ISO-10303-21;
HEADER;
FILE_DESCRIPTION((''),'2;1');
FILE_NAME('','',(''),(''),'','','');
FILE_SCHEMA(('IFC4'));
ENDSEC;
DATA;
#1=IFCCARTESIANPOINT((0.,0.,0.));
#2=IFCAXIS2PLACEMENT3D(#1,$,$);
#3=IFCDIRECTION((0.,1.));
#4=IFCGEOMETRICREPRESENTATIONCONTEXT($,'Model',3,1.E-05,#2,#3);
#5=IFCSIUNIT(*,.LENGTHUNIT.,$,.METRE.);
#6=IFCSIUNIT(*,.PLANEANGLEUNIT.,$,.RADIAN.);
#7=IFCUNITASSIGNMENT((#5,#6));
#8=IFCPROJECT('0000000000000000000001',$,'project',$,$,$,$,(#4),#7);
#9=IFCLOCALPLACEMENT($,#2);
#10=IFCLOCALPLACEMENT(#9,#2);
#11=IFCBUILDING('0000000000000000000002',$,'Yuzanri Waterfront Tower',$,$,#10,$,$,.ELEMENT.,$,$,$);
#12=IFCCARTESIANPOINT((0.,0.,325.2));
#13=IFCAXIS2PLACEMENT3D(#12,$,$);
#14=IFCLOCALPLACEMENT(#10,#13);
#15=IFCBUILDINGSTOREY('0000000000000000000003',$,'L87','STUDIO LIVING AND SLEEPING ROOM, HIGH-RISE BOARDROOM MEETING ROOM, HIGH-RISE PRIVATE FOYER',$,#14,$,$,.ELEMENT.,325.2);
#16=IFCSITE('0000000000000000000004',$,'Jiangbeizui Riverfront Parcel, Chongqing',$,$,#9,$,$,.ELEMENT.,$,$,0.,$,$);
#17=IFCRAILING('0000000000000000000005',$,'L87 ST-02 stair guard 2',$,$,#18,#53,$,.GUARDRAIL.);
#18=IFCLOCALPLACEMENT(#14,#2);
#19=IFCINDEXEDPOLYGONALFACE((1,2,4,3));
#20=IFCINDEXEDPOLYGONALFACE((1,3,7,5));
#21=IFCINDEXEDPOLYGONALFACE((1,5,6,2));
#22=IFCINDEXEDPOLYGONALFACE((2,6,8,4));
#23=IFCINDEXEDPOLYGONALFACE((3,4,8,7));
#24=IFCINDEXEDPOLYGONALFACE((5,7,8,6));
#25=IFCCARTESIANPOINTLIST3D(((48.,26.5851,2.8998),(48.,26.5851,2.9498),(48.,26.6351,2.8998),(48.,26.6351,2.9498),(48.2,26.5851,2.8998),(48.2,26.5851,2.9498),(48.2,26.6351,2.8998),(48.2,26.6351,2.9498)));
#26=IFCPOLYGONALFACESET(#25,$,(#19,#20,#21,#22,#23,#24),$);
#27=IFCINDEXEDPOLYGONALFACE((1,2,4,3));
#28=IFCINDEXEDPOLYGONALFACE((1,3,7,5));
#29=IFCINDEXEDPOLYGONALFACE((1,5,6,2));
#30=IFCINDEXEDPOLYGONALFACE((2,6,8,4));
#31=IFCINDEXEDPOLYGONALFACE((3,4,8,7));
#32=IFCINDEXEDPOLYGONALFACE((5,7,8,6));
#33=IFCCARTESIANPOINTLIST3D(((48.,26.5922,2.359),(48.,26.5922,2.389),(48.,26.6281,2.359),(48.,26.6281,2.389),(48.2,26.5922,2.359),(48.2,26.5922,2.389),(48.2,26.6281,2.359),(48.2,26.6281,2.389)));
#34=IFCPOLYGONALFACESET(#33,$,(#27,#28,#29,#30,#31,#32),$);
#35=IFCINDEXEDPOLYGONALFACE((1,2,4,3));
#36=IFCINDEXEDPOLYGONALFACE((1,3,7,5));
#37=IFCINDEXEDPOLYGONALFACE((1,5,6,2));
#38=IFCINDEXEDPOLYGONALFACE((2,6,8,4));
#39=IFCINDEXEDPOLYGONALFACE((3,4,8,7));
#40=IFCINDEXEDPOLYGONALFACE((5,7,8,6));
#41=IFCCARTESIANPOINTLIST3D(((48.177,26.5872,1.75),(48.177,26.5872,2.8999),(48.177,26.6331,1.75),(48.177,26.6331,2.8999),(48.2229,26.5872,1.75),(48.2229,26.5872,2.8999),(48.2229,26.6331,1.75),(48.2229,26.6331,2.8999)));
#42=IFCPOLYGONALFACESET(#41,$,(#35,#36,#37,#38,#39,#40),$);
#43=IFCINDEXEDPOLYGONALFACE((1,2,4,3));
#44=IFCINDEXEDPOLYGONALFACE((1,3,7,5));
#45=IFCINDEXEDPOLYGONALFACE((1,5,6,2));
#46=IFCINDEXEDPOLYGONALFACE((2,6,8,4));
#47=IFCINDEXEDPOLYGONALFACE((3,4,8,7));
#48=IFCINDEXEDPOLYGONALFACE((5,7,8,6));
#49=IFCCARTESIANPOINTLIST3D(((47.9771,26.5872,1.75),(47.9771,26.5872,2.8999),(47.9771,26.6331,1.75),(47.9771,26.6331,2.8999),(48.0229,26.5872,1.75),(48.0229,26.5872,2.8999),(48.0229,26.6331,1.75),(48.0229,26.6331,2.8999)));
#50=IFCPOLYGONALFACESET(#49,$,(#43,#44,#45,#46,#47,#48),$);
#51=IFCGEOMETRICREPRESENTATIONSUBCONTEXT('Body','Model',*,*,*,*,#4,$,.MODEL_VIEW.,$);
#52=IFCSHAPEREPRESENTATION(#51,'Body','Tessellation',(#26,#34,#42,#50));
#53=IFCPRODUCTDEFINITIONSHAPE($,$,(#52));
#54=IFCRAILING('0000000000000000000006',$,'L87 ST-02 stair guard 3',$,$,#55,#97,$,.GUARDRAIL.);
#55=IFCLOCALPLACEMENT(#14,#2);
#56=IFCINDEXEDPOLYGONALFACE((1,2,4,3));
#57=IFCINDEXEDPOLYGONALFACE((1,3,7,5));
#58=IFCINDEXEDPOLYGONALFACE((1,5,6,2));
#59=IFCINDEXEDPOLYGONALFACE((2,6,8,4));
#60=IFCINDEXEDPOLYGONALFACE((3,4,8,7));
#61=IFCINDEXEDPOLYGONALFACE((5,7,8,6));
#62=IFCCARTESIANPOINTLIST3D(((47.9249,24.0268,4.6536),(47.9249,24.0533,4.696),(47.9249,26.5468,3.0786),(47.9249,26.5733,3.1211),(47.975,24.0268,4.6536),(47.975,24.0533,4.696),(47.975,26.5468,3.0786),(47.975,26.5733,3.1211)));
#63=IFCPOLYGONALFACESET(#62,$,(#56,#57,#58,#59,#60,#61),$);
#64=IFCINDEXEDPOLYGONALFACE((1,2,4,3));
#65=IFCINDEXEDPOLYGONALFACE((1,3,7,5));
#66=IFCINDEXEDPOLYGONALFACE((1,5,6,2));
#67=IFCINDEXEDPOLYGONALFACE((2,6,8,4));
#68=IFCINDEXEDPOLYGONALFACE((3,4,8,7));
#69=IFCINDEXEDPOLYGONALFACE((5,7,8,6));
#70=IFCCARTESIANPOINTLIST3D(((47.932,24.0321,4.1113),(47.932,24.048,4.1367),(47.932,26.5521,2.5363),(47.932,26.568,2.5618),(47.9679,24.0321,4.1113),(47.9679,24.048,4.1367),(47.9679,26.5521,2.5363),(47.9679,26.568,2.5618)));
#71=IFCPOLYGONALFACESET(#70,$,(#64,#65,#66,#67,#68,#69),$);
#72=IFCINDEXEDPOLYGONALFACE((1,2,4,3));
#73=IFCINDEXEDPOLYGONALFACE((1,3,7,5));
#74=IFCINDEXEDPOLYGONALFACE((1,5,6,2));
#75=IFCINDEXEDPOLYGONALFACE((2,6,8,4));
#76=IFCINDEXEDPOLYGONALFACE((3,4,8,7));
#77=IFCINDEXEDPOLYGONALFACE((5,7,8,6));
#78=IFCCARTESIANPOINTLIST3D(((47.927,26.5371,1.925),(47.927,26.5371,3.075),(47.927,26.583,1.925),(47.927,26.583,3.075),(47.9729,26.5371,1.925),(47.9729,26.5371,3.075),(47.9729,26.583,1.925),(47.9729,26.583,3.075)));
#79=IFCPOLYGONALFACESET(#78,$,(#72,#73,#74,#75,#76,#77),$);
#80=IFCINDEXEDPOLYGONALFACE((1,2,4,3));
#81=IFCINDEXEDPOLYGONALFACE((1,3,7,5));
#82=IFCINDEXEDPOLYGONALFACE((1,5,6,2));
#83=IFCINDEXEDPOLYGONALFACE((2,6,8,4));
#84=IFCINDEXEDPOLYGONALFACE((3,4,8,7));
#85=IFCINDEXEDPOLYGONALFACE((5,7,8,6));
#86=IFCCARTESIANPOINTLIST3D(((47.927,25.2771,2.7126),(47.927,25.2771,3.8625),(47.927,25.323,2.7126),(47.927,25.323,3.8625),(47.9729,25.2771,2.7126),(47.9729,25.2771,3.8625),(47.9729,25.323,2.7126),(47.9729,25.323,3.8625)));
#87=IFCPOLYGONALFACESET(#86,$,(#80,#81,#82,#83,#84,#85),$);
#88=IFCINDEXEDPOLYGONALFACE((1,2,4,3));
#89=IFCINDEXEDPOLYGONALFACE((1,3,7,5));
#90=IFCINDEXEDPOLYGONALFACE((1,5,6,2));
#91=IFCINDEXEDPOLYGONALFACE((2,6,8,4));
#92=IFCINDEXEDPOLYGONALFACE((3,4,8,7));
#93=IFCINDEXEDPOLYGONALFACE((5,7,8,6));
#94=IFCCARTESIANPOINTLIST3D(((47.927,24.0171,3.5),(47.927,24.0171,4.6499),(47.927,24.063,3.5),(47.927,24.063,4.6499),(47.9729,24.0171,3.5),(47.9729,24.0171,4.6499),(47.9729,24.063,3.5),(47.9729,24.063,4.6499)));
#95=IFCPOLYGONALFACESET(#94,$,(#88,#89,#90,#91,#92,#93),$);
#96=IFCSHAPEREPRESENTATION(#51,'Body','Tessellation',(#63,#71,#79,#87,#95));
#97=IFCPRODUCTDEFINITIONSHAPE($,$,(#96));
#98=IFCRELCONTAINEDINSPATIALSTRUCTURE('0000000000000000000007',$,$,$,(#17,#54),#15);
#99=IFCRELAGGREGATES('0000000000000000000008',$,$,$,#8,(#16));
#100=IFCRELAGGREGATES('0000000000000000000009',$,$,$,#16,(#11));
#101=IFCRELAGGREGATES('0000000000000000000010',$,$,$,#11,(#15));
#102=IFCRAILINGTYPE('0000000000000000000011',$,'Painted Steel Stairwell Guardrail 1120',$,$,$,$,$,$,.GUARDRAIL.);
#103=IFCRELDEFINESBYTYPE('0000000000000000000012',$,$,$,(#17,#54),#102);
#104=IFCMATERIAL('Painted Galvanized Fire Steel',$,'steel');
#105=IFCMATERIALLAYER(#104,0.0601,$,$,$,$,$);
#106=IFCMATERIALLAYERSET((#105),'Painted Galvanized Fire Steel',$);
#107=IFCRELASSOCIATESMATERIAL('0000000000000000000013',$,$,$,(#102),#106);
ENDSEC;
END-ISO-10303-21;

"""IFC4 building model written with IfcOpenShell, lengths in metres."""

from ifc_helpers import new_model, si_unit, direction, frame, origin, origin_2d, place, context, subcontext, project, spatial, rectangle, extrude, source, transform, mapped, material, layer, layer_set, type_object, element, save


model = new_model("IFC4")

# Units and contexts
model_context = context("Model", 3, precision=1e-05, world=origin(), true_north=direction((0.0, 1.0)))
body_context = subcontext(model_context, "Body", "Model", "MODEL_VIEW")
ifc_project = project(units=[si_unit("LENGTHUNIT", "METRE"), si_unit("PLANEANGLEUNIT", "RADIAN")], contexts=[model_context])

# Site, building, storey
site_placement = place(None, origin())
site = spatial("IfcSite", under=ifc_project, at=site_placement, Name="Jiangbeizui Riverfront Parcel, Chongqing", CompositionType="ELEMENT", RefElevation=0.0)
building_placement = place(site_placement, origin())
building = spatial("IfcBuilding", under=site, at=building_placement, Name="Yuzanri Waterfront Tower", CompositionType="ELEMENT")
storey_placement = place(building_placement, frame((0.0, 0.0, 325.2)))
storey = spatial("IfcBuildingStorey", under=building, at=storey_placement, Name="L87", Description="STUDIO LIVING AND SLEEPING ROOM, HIGH-RISE BOARDROOM MEETING ROOM, HIGH-RISE PRIVATE FOYER", CompositionType="ELEMENT", Elevation=325.2)

# Railings
ifc_material_1 = material(Name="Painted Galvanized Fire Steel", Category="steel")
ifc_layer_1 = layer(ifc_material_1, 0.0601)
ifc_layer_set_1 = layer_set([ifc_layer_1], Name="Painted Galvanized Fire Steel")
railing_type = type_object("IfcRailingType", Name="Painted Steel Stairwell Guardrail 1120", PredefinedType="GUARDRAIL", material=ifc_layer_set_1)
shared_shape_1 = source(origin(), body_context, "Body", "SweptSolid", [
    extrude(rectangle(XDim=0.05, YDim=0.05, at=origin_2d()), frame((0.0, 0.0, 1.1748), z_axis=(-1.0, 0.0, 0.0), x_axis=(0.0, -1.0, 0.0)), (0.0, 0.0, 1.0), 0.2),
    extrude(rectangle(XDim=0.0359, YDim=0.03, at=origin_2d()), frame((0.0, 0.0, 0.624), z_axis=(-1.0, 0.0, 0.0), x_axis=(0.0, -1.0, 0.0)), (0.0, 0.0, 1.0), 0.2),
    extrude(rectangle(XDim=0.0459, YDim=0.0459, at=origin_2d()), origin(), (0.0, 0.0, 1.0), 1.1499),
    extrude(rectangle(XDim=0.0459, YDim=0.0459, at=origin_2d()), frame((-0.2, 0.0, 0.0)), (0.0, 0.0, 1.0), 1.1499),
])
railing_1_placement = place(storey_placement, frame((48.2, 26.6101, 1.75)))
element("IfcRailing", 1, at=railing_1_placement, inside=storey, type_object=railing_type, Name="L87 ST-02 stair guard 2", PredefinedType="GUARDRAIL", context=body_context, shape_type="MappedRepresentation", body=[
    mapped(shared_shape_1, transform((0.0, 0.0, 0.0), scale=1.0)),
])
shared_shape_2 = source(origin(), body_context, "Body", "SweptSolid", [
    extrude(rectangle(XDim=0.05, YDim=0.05, at=origin_2d()), frame((0.0, 0.0, 1.1748), z_axis=(0.0, -0.848008, 0.529984), x_axis=(1.0, 0.0, 0.0)), (0.0, 0.0, 1.0), 2.9717),
    extrude(rectangle(XDim=0.0359, YDim=0.03, at=origin_2d()), frame((0.0, 0.0, 0.624), z_axis=(0.0, -0.848008, 0.529984), x_axis=(1.0, 0.0, 0.0)), (0.0, 0.0, 1.0), 2.9717),
    extrude(rectangle(XDim=0.0459, YDim=0.0459, at=origin_2d()), origin(), (0.0, 0.0, 1.0), 1.1499),
    extrude(rectangle(XDim=0.0459, YDim=0.0459, at=origin_2d()), frame((0.0, -1.26, 0.7876)), (0.0, 0.0, 1.0), 1.1499),
    extrude(rectangle(XDim=0.0459, YDim=0.0459, at=origin_2d()), frame((0.0, -2.52, 1.575)), (0.0, 0.0, 1.0), 1.1499),
])
railing_2_placement = place(storey_placement, frame((47.95, 26.5601, 1.925)))
element("IfcRailing", 2, at=railing_2_placement, inside=storey, type_object=railing_type, Name="L87 ST-02 stair guard 3", PredefinedType="GUARDRAIL", context=body_context, shape_type="MappedRepresentation", body=[
    mapped(shared_shape_2, transform((0.0, 0.0, 0.0), scale=1.0)),
])

save(model, "model.ifc")
